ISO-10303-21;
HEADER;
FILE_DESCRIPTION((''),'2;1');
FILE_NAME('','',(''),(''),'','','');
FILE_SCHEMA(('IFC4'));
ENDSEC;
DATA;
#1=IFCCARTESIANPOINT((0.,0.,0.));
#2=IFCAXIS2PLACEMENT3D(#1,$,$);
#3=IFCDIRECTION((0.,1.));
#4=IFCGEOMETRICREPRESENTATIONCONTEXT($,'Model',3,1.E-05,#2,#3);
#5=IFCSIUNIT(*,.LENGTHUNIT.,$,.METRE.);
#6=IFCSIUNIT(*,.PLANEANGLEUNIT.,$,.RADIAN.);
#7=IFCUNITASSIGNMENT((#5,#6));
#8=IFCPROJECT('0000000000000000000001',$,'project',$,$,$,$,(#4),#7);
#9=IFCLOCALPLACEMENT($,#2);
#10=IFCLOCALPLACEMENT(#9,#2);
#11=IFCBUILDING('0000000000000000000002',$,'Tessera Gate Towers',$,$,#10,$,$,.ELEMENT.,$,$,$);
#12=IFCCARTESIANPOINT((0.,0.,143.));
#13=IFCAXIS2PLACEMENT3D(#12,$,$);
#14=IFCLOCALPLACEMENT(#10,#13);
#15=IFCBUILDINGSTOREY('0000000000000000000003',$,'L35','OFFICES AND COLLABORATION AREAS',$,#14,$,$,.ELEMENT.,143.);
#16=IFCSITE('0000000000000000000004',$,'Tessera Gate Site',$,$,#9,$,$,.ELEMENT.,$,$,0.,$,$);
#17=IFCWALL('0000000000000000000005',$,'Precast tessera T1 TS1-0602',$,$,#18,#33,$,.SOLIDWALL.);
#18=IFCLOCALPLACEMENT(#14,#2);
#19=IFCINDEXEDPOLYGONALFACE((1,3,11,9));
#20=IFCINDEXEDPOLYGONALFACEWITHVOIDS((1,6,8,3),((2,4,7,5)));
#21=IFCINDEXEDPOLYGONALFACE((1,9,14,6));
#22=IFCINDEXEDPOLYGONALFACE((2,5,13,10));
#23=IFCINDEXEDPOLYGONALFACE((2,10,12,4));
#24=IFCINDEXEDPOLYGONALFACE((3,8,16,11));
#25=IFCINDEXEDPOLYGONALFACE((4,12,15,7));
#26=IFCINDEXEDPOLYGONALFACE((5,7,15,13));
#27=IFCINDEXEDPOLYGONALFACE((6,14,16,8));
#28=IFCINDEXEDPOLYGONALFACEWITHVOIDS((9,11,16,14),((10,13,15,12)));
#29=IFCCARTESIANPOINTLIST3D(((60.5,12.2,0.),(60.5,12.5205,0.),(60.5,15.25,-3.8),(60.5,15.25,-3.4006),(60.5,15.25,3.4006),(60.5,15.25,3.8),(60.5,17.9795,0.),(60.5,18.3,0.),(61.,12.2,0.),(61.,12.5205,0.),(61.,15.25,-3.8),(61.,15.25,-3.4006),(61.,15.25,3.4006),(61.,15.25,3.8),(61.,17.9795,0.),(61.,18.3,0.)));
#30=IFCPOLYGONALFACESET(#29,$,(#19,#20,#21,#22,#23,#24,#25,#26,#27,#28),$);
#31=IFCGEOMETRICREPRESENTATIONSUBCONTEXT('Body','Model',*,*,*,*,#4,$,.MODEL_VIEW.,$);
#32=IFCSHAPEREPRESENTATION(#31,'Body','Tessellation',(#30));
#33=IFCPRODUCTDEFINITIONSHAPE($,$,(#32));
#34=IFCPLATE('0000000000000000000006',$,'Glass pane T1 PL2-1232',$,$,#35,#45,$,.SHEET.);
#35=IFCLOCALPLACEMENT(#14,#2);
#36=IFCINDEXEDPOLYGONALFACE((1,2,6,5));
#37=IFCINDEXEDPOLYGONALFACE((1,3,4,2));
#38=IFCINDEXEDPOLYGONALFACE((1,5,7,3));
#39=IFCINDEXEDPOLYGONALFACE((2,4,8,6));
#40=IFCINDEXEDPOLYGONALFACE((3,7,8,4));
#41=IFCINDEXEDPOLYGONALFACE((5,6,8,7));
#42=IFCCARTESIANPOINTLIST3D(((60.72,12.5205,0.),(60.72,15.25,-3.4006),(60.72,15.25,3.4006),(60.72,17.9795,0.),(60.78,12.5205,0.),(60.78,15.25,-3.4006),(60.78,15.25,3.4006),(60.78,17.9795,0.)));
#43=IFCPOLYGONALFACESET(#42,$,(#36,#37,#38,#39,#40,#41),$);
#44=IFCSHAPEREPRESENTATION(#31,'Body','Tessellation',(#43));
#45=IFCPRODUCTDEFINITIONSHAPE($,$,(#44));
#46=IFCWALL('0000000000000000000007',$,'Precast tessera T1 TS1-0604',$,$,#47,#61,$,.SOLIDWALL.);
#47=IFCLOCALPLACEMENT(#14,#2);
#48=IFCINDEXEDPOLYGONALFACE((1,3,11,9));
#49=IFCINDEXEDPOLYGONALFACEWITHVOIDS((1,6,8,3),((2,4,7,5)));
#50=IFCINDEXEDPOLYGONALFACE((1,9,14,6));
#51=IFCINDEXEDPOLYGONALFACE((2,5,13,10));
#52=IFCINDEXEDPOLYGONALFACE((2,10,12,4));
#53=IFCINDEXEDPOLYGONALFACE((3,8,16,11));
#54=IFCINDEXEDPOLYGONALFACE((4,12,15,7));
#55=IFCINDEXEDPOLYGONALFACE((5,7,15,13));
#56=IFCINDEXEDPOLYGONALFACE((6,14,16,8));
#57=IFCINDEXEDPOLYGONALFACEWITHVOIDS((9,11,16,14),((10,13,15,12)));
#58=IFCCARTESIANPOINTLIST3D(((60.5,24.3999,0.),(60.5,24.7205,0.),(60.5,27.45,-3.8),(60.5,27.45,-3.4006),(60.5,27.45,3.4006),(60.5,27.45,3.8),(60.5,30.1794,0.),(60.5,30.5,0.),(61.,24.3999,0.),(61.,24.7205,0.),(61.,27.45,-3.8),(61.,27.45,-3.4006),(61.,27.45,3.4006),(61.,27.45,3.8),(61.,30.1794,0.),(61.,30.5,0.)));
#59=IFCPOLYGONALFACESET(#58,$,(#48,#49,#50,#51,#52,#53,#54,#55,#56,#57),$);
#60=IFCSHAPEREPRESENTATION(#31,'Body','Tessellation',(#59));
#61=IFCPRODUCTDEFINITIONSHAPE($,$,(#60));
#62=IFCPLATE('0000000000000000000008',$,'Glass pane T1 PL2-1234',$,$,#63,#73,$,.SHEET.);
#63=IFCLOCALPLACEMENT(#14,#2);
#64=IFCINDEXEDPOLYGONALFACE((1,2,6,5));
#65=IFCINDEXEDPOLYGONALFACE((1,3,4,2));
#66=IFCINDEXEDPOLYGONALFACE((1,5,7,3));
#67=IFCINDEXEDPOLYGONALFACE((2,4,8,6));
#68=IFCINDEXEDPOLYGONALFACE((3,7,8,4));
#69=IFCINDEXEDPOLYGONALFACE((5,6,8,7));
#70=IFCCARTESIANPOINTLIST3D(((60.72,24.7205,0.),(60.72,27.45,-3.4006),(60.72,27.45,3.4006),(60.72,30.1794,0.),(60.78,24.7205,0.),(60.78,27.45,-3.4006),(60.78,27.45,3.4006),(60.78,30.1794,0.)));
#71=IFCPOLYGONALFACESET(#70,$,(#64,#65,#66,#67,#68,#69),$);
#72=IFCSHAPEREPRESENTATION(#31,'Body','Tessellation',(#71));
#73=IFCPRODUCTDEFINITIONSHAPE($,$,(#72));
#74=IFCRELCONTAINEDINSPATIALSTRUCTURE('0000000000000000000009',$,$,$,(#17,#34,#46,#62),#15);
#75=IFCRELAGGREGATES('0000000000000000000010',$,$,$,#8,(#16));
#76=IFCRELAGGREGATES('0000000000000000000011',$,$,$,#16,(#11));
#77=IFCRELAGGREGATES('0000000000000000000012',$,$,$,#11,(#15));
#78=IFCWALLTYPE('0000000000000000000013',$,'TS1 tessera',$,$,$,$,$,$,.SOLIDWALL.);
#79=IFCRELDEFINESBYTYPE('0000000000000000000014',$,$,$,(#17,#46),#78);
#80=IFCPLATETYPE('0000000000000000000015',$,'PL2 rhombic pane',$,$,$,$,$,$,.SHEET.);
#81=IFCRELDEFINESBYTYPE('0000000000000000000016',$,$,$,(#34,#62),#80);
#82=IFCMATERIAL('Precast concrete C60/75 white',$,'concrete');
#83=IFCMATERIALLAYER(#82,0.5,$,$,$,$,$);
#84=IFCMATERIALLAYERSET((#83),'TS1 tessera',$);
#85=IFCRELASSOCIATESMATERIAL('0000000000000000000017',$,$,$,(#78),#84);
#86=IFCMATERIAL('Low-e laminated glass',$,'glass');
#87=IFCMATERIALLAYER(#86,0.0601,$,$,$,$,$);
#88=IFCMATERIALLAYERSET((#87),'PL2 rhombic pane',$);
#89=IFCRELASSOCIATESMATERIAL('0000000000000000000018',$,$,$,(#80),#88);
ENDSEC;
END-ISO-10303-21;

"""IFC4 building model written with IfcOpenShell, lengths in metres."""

from ifc_helpers import new_model, si_unit, direction, frame, origin, place, context, subcontext, project, spatial, polyline, outline, extrude, source, transform, mapped, material, layer, layer_set, type_object, element, fill, save


model = new_model("IFC4")

# Units and contexts
model_context = context("Model", 3, precision=1e-05, world=origin(), true_north=direction((0.0, 1.0)))
body_context = subcontext(model_context, "Body", "Model", "MODEL_VIEW")
ifc_project = project(units=[si_unit("LENGTHUNIT", "METRE"), si_unit("PLANEANGLEUNIT", "RADIAN")], contexts=[model_context])

# Site, building, storey
site_placement = place(None, origin())
site = spatial("IfcSite", under=ifc_project, at=site_placement, Name="Tessera Gate Site", CompositionType="ELEMENT", RefElevation=0.0)
building_placement = place(site_placement, origin())
building = spatial("IfcBuilding", under=site, at=building_placement, Name="Tessera Gate Towers", CompositionType="ELEMENT")
storey_placement = place(building_placement, frame((0.0, 0.0, 143.0)))
storey = spatial("IfcBuildingStorey", under=building, at=storey_placement, Name="L35", Description="OFFICES AND COLLABORATION AREAS", CompositionType="ELEMENT", Elevation=143.0)

# Walls, openings, plates
ifc_material_1 = material(Name="Precast concrete C60/75 white", Category="concrete")
ifc_layer_1 = layer(ifc_material_1, 0.5)
ifc_layer_set_1 = layer_set([ifc_layer_1], Name="TS1 tessera")
wall_type_1 = type_object("IfcWallType", Name="TS1 tessera", PredefinedType="SOLIDWALL", material=ifc_layer_set_1)
shared_shape_1 = source(origin(), body_context, "Body", "SweptSolid", [
    extrude(outline(polyline([(3.05, 0.0), (6.1001, 3.8), (3.05, 7.6001), (0.0, 3.8), (3.05, 0.0)])), frame((0.0, 0.25, 0.0), z_axis=(0.0, -1.0, 0.0), x_axis=(1.0, 0.0, 0.0)), (0.0, 0.0, 1.0), 0.5),
])
wall_1_placement = place(storey_placement, frame((60.75, 12.2, -3.8), z_axis=(0.0, 0.0, 1.0), x_axis=(0.0, 1.0, 0.0)))
wall_1 = element("IfcWall", 1, at=wall_1_placement, inside=storey, type_object=wall_type_1, Name="Precast tessera T1 TS1-0602", PredefinedType="SOLIDWALL", context=body_context, shape_type="MappedRepresentation", body=[
    mapped(shared_shape_1, transform((0.0, 0.0, 0.0), scale=1.0)),
])
shared_shape_2 = source(origin(), body_context, "Body", "SweptSolid", [
    extrude(outline(polyline([(3.05, 0.3994), (5.7795, 3.8), (3.05, 7.2007), (0.3206, 3.8), (3.05, 0.3994)])), frame((0.0, 0.26, 0.0), z_axis=(0.0, -1.0, 0.0), x_axis=(1.0, 0.0, 0.0)), (0.0, 0.0, 1.0), 0.52),
])
opening_1_placement = place(wall_1_placement, origin())
opening_1 = element("IfcOpeningElement", 2, at=opening_1_placement, cuts=wall_1, PredefinedType="OPENING", context=body_context, shape_type="MappedRepresentation", body=[
    mapped(shared_shape_2, transform((0.0, 0.0, 0.0), scale=1.0)),
])
ifc_material_2 = material(Name="Low-e laminated glass", Category="glass")
ifc_layer_2 = layer(ifc_material_2, 0.0601)
ifc_layer_set_2 = layer_set([ifc_layer_2], Name="PL2 rhombic pane")
plate_type = type_object("IfcPlateType", Name="PL2 rhombic pane", PredefinedType="SHEET", material=ifc_layer_set_2)
shared_shape_3 = source(origin(), body_context, "Body", "SweptSolid", [
    extrude(outline(polyline([(3.05, 0.3994), (5.7795, 3.8), (3.05, 7.2007), (0.3206, 3.8), (3.05, 0.3994)])), frame((0.0, 0.03, 0.0), z_axis=(0.0, -1.0, 0.0), x_axis=(1.0, 0.0, 0.0)), (0.0, 0.0, 1.0), 0.0601),
])
plate_1_placement = place(opening_1_placement, origin())
plate_1 = element("IfcPlate", 3, at=plate_1_placement, inside=storey, type_object=plate_type, Name="Glass pane T1 PL2-1232", PredefinedType="SHEET", context=body_context, shape_type="MappedRepresentation", body=[
    mapped(shared_shape_3, transform((0.0, 0.0, 0.0), scale=1.0)),
])
fill(opening_1, plate_1)
wall_2_placement = place(storey_placement, frame((60.75, 24.3999, -3.8), z_axis=(0.0, 0.0, 1.0), x_axis=(0.0, 1.0, 0.0)))
wall_2 = element("IfcWall", 4, at=wall_2_placement, inside=storey, type_object=wall_type_1, Name="Precast tessera T1 TS1-0604", PredefinedType="SOLIDWALL", context=body_context, shape_type="MappedRepresentation", body=[
    mapped(shared_shape_1, transform((0.0, 0.0, 0.0), scale=1.0)),
])
opening_2_placement = place(wall_2_placement, origin())
opening_2 = element("IfcOpeningElement", 5, at=opening_2_placement, cuts=wall_2, PredefinedType="OPENING", context=body_context, shape_type="MappedRepresentation", body=[
    mapped(shared_shape_2, transform((0.0, 0.0, 0.0), scale=1.0)),
])
plate_2_placement = place(opening_2_placement, origin())
plate_2 = element("IfcPlate", 6, at=plate_2_placement, inside=storey, type_object=plate_type, Name="Glass pane T1 PL2-1234", PredefinedType="SHEET", context=body_context, shape_type="MappedRepresentation", body=[
    mapped(shared_shape_3, transform((0.0, 0.0, 0.0), scale=1.0)),
])
fill(opening_2, plate_2)

save(model, "model.ifc")
